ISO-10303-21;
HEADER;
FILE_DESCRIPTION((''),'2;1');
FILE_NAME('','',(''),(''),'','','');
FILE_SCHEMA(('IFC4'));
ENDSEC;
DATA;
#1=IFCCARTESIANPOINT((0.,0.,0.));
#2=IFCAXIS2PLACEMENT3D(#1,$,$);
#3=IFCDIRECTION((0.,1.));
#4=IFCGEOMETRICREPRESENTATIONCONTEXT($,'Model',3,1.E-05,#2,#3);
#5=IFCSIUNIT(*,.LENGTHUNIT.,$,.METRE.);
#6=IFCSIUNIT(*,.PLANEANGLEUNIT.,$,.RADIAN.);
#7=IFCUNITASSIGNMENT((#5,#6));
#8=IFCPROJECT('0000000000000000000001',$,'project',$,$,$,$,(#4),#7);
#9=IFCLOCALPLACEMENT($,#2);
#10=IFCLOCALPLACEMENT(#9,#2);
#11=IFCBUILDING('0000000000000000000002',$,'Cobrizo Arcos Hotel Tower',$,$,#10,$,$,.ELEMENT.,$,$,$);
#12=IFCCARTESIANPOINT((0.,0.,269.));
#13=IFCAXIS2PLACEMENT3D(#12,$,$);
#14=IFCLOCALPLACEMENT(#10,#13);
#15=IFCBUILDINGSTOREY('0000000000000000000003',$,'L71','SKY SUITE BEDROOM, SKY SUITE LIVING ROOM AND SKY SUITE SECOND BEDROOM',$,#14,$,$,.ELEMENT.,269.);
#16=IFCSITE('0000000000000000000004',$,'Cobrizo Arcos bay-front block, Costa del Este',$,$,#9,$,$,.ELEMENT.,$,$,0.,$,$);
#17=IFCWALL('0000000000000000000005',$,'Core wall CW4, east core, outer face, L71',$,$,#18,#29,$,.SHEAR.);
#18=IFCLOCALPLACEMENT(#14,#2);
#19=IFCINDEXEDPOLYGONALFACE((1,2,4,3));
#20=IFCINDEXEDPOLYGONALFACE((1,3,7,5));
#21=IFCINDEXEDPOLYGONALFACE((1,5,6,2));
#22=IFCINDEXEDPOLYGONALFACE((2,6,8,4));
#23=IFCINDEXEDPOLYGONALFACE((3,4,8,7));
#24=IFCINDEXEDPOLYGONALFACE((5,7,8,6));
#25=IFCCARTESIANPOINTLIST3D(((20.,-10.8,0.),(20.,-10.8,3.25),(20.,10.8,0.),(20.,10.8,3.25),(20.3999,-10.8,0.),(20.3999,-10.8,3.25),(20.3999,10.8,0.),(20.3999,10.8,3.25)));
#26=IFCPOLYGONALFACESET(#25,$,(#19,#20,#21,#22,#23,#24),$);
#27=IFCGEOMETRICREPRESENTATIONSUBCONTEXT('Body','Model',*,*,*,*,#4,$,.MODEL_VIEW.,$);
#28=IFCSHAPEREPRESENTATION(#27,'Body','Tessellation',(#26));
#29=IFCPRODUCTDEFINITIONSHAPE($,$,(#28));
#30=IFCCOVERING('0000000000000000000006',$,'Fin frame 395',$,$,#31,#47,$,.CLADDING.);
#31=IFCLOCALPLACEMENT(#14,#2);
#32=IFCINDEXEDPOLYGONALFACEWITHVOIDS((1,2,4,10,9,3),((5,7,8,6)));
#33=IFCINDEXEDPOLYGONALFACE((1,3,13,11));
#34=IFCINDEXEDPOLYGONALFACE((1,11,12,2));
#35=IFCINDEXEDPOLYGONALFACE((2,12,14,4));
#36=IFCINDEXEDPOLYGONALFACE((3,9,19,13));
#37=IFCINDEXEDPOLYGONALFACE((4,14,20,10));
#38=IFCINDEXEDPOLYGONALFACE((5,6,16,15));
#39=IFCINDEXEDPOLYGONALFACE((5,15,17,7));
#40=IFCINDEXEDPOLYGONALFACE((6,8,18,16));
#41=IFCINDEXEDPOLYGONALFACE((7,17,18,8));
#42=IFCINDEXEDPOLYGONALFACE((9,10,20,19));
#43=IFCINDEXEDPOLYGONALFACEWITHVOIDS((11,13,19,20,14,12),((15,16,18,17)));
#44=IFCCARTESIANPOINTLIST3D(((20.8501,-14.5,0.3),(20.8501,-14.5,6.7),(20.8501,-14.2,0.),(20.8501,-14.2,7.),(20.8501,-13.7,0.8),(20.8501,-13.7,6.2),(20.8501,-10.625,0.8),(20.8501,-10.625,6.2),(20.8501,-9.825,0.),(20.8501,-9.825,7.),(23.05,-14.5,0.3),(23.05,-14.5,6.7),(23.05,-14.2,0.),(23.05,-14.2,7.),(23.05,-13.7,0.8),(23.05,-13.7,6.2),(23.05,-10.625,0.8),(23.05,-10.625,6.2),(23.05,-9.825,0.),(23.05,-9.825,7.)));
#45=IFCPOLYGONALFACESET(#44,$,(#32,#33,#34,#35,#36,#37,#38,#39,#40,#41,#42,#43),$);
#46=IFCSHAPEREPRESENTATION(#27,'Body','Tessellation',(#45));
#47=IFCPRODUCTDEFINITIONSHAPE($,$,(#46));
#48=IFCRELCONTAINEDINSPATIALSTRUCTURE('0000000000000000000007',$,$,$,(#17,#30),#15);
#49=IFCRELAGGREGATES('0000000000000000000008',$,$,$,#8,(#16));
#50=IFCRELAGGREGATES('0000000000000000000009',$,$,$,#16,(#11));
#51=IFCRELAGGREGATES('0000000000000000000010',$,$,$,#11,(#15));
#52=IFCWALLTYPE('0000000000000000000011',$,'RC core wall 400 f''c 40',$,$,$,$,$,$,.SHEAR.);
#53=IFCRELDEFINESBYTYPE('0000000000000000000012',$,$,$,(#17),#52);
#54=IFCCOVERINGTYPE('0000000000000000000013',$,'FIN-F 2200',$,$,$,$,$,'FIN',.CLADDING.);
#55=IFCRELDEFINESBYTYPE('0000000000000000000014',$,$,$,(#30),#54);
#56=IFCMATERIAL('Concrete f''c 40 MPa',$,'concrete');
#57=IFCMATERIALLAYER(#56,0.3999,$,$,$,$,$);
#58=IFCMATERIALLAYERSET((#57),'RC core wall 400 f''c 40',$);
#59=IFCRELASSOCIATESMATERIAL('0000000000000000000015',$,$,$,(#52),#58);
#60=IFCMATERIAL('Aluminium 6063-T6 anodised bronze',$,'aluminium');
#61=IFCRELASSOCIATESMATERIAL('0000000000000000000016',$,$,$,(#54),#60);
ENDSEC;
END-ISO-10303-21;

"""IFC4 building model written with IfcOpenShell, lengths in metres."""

from ifc_helpers import new_model, si_unit, direction, frame, frame_2d, origin, place, context, subcontext, project, spatial, polyline, rectangle, outline, extrude, material, layer, layer_set, type_object, element, save


model = new_model("IFC4")

# Units and contexts
model_context = context("Model", 3, precision=1e-05, world=origin(), true_north=direction((0.0, 1.0)))
body_context = subcontext(model_context, "Body", "Model", "MODEL_VIEW")
ifc_project = project(units=[si_unit("LENGTHUNIT", "METRE"), si_unit("PLANEANGLEUNIT", "RADIAN")], contexts=[model_context])

# Site, building, storey
site_placement = place(None, origin())
site = spatial("IfcSite", under=ifc_project, at=site_placement, Name="Cobrizo Arcos bay-front block, Costa del Este", CompositionType="ELEMENT", RefElevation=0.0)
building_placement = place(site_placement, origin())
building = spatial("IfcBuilding", under=site, at=building_placement, Name="Cobrizo Arcos Hotel Tower", CompositionType="ELEMENT")
storey_placement = place(building_placement, frame((0.0, 0.0, 269.0)))
storey = spatial("IfcBuildingStorey", under=building, at=storey_placement, Name="L71", Description="SKY SUITE BEDROOM, SKY SUITE LIVING ROOM AND SKY SUITE SECOND BEDROOM", CompositionType="ELEMENT", Elevation=269.0)

# Shared definitions
ifc_material_1 = material(Name="Aluminium 6063-T6 anodised bronze", Category="aluminium")

# Shared definitions
ifc_material_2 = material(Name="Concrete f'c 40 MPa", Category="concrete")
ifc_layer_1 = layer(ifc_material_2, 0.3999)
ifc_layer_set_1 = layer_set([ifc_layer_1], Name="RC core wall 400 f'c 40")
wall_type_1 = type_object("IfcWallType", Name="RC core wall 400 f'c 40", PredefinedType="SHEAR", material=ifc_layer_set_1)

# Wall
wall_1_placement = place(storey_placement, frame((20.2, -10.8, 0.0), z_axis=(0.0, 0.0, 1.0), x_axis=(0.0, 1.0, 0.0)))
element("IfcWall", 1, at=wall_1_placement, inside=storey, type_object=wall_type_1, Name="Core wall CW4, east core, outer face, L71", PredefinedType="SHEAR", context=body_context, shape_type="SweptSolid", body=[
    extrude(rectangle(XDim=21.6001, YDim=0.3999, at=frame_2d((10.8, 0.0))), origin(), (0.0, 0.0, 1.0), 3.25),
])

# Covering
covering_type = type_object("IfcCoveringType", Name="FIN-F 2200", ElementType="FIN", PredefinedType="CLADDING", material=ifc_material_1)
covering_placement = place(storey_placement, frame((20.8501, -14.5, 0.0), z_axis=(1.0, 0.0, 0.0), x_axis=(0.0, 1.0, 0.0)))
element("IfcCovering", 2, at=covering_placement, inside=storey, type_object=covering_type, Name="Fin frame 395", PredefinedType="CLADDING", context=body_context, shape_type="SweptSolid", body=[
    extrude(outline(polyline([(0.0, 0.3), (0.3, 0.0), (4.675, 0.0), (4.675, 7.0), (0.3, 7.0), (0.0, 6.7), (0.0, 0.3)]), holes=[polyline([(3.875, 0.8), (0.8, 0.8), (0.8, 6.2), (3.875, 6.2), (3.875, 0.8)])]), origin(), (0.0, 0.0, 1.0), 2.2),
])

save(model, "model.ifc")
